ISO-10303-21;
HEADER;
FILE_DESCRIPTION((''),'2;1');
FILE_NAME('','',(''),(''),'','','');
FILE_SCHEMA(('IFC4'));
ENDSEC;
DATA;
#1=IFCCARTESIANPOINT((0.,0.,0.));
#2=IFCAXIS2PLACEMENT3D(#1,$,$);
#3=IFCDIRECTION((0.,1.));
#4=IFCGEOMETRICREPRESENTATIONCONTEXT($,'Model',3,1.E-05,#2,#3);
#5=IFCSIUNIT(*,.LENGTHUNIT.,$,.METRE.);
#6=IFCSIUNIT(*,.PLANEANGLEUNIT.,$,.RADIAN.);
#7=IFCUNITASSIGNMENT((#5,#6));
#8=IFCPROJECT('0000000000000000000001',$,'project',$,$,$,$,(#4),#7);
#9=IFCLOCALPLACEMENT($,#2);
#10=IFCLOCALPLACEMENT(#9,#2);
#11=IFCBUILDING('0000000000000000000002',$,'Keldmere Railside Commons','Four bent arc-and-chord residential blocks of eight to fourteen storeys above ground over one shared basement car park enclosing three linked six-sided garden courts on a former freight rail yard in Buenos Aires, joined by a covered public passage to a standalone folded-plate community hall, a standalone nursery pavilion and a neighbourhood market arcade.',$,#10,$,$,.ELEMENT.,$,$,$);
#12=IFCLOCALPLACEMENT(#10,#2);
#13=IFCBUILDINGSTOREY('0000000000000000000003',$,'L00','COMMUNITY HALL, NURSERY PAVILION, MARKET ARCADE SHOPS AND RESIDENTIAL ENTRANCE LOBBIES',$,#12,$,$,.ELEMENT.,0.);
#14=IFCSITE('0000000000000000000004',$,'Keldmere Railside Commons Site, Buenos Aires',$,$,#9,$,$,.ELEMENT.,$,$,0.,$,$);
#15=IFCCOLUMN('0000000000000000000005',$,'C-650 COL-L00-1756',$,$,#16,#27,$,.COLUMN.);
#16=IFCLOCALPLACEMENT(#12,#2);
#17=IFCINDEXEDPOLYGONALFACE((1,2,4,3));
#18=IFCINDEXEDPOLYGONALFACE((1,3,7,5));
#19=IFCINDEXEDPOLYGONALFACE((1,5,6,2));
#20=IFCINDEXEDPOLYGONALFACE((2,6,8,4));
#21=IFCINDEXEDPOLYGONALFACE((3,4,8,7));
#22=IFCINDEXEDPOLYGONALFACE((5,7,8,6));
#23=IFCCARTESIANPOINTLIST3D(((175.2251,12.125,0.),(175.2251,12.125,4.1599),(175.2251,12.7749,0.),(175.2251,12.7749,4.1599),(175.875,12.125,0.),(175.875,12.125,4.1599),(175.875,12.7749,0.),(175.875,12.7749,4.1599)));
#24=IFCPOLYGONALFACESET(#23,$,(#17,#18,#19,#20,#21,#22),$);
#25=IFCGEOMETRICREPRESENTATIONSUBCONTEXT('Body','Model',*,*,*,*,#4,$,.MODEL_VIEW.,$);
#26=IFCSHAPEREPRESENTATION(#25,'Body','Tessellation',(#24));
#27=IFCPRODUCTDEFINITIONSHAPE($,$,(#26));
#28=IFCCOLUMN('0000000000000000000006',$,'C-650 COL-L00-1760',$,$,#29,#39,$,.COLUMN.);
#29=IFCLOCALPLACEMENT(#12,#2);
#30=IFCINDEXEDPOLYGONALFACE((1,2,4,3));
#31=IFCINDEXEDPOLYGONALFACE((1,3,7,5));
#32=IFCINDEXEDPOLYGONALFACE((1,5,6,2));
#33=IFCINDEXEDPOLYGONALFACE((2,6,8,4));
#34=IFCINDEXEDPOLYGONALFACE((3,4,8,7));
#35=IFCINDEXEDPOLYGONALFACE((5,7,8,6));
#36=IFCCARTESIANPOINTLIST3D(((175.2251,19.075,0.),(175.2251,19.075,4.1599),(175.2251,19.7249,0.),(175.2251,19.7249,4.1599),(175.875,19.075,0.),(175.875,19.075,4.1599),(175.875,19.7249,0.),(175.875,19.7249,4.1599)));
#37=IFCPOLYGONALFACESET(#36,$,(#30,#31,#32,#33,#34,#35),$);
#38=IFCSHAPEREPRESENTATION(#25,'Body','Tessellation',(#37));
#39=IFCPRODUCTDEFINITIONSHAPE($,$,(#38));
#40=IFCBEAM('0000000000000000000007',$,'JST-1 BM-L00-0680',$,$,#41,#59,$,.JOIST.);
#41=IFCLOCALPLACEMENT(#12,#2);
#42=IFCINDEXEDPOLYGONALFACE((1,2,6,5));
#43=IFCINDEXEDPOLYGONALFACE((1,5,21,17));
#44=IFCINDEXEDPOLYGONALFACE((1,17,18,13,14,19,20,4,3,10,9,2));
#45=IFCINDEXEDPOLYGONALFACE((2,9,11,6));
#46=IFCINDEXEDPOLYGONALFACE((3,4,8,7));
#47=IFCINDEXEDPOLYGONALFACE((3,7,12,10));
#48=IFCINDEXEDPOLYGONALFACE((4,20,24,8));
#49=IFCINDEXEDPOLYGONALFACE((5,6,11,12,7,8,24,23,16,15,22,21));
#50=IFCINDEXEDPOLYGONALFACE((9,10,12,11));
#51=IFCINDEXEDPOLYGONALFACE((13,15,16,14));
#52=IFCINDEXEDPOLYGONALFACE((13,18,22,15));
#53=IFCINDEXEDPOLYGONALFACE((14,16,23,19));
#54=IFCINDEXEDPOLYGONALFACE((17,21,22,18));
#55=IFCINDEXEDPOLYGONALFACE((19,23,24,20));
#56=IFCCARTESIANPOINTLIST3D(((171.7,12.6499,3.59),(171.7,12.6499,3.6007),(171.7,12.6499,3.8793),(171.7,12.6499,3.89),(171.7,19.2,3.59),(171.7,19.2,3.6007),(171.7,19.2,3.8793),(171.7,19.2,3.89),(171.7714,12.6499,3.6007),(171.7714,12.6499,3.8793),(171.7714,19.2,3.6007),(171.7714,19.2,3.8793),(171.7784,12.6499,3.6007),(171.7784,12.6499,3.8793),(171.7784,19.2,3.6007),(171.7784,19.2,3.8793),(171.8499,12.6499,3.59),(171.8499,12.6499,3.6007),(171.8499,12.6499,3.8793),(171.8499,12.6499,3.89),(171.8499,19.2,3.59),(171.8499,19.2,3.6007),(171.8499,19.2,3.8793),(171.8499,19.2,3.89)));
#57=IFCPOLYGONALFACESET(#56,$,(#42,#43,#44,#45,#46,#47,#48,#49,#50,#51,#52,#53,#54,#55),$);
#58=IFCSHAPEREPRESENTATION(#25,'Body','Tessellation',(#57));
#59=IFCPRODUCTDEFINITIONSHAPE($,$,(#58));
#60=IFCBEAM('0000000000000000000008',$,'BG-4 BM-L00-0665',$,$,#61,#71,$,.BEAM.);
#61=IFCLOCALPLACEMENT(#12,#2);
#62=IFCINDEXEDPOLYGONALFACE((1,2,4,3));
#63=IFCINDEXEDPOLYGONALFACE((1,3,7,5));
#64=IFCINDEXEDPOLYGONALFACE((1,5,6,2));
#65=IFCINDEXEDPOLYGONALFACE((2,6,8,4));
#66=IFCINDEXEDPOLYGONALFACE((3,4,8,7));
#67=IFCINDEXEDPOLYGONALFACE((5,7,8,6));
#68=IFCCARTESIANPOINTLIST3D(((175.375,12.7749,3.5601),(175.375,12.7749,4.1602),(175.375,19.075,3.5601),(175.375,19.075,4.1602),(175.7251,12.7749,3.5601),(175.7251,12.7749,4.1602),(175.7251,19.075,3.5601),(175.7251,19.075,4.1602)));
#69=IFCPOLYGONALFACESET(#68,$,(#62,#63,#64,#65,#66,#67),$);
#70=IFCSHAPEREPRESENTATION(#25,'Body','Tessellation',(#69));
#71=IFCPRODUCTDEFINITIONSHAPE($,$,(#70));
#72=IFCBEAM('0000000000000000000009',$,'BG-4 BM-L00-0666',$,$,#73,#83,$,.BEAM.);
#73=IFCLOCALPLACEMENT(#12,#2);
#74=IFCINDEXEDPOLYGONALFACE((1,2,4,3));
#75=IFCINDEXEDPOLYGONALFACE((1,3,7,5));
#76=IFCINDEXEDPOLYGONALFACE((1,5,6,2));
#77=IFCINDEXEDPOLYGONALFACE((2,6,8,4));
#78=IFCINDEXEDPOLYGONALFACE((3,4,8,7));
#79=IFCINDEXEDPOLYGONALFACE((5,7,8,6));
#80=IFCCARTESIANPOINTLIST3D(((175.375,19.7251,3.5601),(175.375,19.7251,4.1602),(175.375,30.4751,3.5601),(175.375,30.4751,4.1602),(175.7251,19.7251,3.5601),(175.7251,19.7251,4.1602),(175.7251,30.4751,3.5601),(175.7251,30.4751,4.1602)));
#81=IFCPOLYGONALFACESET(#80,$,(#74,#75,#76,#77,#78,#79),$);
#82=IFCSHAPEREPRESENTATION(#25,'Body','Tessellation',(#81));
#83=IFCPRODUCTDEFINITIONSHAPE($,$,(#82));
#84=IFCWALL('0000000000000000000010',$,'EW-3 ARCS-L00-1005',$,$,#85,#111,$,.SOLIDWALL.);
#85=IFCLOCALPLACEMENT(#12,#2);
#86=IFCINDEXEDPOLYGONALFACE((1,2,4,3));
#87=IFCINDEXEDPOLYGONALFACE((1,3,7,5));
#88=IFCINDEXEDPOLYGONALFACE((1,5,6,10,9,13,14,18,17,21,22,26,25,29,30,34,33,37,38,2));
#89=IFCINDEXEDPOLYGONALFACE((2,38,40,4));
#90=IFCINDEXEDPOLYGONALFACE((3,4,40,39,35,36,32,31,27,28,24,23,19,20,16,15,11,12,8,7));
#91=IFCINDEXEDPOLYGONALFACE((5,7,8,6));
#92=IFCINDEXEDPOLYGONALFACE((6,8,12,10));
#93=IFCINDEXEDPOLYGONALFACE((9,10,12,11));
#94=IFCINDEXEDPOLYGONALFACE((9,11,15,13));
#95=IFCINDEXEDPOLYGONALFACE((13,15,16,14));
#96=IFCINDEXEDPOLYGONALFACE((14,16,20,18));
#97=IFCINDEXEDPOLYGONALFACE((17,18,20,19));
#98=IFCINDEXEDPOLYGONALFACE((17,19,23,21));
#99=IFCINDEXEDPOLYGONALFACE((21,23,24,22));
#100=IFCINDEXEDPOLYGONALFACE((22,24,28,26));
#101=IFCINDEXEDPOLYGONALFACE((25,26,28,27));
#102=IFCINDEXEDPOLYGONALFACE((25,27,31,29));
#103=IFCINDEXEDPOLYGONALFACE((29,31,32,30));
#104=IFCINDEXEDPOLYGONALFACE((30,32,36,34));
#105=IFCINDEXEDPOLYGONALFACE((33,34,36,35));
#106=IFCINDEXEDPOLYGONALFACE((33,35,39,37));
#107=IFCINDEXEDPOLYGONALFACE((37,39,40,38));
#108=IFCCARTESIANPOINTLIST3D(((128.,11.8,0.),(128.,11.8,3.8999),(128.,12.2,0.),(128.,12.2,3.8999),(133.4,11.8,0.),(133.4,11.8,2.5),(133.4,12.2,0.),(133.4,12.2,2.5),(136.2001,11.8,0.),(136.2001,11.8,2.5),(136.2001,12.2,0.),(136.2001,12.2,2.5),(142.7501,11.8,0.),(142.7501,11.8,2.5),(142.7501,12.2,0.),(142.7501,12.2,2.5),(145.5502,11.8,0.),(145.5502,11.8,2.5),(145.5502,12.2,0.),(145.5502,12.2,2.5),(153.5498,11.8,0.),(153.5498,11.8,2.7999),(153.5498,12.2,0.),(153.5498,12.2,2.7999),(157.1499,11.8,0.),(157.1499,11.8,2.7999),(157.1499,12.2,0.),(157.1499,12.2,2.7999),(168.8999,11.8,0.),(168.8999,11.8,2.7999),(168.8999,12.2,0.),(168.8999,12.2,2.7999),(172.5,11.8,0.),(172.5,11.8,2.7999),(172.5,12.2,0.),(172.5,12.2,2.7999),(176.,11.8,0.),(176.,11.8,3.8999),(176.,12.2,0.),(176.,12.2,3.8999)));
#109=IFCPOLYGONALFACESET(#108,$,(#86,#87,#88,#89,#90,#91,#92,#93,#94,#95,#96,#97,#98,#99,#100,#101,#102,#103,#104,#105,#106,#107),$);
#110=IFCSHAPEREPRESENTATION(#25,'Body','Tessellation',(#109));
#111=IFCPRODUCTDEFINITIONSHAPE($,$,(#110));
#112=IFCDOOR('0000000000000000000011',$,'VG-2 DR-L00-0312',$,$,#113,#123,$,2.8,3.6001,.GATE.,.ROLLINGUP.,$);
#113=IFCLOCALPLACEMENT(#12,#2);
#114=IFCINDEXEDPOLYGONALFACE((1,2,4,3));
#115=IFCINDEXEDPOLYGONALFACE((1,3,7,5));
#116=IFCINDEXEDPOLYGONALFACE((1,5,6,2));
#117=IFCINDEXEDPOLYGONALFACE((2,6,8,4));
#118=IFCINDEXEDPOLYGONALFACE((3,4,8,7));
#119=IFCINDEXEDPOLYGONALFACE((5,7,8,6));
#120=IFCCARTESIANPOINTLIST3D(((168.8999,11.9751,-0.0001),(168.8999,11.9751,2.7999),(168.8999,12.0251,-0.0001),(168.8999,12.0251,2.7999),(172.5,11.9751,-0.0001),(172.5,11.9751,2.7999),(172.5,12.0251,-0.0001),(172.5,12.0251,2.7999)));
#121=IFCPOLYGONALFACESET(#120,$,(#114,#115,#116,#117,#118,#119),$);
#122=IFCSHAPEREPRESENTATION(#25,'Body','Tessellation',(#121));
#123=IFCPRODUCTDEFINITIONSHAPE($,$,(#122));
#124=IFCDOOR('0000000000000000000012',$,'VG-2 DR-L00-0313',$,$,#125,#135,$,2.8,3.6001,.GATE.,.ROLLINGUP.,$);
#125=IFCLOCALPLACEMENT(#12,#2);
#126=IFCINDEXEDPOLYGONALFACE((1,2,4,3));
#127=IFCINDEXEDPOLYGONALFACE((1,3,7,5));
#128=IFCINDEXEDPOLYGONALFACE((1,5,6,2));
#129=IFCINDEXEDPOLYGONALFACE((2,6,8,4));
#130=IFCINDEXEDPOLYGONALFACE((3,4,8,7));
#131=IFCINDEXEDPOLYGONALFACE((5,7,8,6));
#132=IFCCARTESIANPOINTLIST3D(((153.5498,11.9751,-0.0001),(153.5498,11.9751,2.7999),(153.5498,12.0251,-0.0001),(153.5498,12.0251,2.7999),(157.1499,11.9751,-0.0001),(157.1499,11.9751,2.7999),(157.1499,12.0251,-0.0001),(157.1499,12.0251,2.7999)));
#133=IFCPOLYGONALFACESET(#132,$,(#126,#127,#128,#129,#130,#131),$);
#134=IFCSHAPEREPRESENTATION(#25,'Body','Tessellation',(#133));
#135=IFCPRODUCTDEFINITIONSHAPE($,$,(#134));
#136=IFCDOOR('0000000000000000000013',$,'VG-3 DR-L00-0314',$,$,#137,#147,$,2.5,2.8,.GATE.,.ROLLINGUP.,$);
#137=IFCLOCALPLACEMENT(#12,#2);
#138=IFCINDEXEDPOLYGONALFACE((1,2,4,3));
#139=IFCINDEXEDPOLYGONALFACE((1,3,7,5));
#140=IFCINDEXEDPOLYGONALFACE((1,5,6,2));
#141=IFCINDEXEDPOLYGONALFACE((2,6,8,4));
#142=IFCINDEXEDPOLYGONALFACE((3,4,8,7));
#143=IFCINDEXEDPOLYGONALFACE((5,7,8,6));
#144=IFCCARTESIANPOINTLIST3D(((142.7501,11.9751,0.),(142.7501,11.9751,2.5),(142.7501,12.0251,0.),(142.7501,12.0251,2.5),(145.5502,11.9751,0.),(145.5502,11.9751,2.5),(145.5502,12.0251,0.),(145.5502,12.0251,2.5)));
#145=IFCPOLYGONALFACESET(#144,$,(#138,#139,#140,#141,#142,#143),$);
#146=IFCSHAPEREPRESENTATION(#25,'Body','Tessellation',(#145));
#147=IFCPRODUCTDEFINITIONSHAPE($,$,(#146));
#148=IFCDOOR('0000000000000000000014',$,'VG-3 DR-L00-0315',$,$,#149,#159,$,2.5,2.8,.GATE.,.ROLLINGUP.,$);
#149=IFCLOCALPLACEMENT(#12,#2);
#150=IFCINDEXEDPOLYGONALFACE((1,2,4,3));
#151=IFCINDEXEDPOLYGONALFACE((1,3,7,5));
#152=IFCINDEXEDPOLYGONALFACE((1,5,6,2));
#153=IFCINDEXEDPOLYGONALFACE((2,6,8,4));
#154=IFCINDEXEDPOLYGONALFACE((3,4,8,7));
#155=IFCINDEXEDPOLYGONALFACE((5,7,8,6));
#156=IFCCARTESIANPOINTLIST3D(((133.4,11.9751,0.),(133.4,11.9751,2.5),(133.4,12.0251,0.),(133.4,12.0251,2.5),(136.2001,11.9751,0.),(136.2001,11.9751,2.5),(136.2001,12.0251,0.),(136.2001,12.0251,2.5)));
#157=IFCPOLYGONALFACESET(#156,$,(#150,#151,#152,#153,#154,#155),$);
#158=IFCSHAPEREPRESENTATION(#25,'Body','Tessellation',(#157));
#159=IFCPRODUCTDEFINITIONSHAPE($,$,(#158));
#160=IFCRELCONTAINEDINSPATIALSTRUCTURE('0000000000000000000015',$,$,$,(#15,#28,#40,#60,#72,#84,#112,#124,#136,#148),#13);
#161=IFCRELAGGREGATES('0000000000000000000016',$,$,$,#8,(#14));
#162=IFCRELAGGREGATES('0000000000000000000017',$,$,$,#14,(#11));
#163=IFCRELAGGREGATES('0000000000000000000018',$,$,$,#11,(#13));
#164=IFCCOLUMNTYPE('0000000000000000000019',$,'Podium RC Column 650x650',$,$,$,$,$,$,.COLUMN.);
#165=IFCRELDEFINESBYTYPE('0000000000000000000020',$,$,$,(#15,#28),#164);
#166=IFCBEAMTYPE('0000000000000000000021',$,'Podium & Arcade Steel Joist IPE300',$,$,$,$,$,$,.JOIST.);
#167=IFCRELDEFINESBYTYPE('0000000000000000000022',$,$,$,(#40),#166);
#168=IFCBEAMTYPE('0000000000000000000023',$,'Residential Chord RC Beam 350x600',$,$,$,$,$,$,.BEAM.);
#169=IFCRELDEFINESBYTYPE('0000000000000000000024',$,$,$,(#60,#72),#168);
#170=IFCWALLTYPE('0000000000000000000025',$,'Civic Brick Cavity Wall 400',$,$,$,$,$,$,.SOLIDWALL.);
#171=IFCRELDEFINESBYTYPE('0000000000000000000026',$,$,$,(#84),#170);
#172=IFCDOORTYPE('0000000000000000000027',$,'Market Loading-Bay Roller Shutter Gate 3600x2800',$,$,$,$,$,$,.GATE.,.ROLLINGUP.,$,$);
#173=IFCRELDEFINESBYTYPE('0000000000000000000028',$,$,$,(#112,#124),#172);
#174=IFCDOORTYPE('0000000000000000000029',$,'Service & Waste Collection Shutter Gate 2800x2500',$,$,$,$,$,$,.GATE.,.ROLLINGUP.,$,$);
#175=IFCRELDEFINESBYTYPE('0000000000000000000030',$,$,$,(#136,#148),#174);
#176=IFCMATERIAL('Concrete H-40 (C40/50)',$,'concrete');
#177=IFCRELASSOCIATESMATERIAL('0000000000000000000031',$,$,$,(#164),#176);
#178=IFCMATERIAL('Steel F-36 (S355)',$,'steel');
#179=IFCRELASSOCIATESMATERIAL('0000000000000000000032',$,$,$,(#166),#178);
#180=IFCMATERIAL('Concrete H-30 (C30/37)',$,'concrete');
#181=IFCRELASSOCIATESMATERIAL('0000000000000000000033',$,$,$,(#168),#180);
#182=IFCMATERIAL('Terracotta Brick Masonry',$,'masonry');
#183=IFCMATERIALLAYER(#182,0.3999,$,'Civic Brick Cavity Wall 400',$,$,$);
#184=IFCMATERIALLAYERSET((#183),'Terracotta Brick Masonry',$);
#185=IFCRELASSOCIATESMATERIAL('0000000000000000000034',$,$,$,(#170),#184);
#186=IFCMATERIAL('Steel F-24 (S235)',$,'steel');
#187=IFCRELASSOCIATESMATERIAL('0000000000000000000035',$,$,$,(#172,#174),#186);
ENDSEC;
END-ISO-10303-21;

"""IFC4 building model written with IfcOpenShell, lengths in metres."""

from ifc_helpers import new_model, si_unit, direction, frame, frame_2d, origin, origin_2d, place, context, subcontext, project, spatial, rectangle, i_section, extrude, material, layer, layer_set, material_profile, profile_set, type_object, element, fill, save


model = new_model("IFC4")

# Units and contexts
model_context = context("Model", 3, precision=1e-05, world=origin(), true_north=direction((0.0, 1.0)))
body_context = subcontext(model_context, "Body", "Model", "MODEL_VIEW")
ifc_project = project(units=[si_unit("LENGTHUNIT", "METRE"), si_unit("PLANEANGLEUNIT", "RADIAN")], contexts=[model_context])

# Site, building, storey
site_placement = place(None, origin())
site = spatial("IfcSite", under=ifc_project, at=site_placement, Name="Keldmere Railside Commons Site, Buenos Aires", CompositionType="ELEMENT", RefElevation=0.0)
building_placement = place(site_placement, origin())
building = spatial("IfcBuilding", under=site, at=building_placement, Name="Keldmere Railside Commons", Description="Four bent arc-and-chord residential blocks of eight to fourteen storeys above ground over one shared basement car park enclosing three linked six-sided garden courts on a former freight rail yard in Buenos Aires, joined by a covered public passage to a standalone folded-plate community hall, a standalone nursery pavilion and a neighbourhood market arcade.", CompositionType="ELEMENT")
storey_placement = place(building_placement, origin())
storey = spatial("IfcBuildingStorey", under=building, at=storey_placement, Name="L00", Description="COMMUNITY HALL, NURSERY PAVILION, MARKET ARCADE SHOPS AND RESIDENTIAL ENTRANCE LOBBIES", CompositionType="ELEMENT", Elevation=0.0)

# Columns
ifc_material_1 = material(Name="Concrete H-40 (C40/50)", Category="concrete")
ifc_material_profile_1 = material_profile(ifc_material_1, rectangle(XDim=0.6499, YDim=0.6499, at=origin_2d()), Name="RC-650x650")
ifc_profile_set_1 = profile_set([ifc_material_profile_1], Name="Concrete H-40 (C40/50)")
column_type = type_object("IfcColumnType", Name="Podium RC Column 650x650", PredefinedType="COLUMN", material=ifc_profile_set_1)
for number, where, z_axis, x_axis, name in (
    (1, (175.55, 12.45, 0.0), (0.0, 0.0, 1.0), (1.0, 0.0, 0.0), "C-650 COL-L00-1756"),
    (2, (175.55, 19.3999, 0.0), (0.0, 0.0, 1.0), (1.0, 0.0, 0.0), "C-650 COL-L00-1760"),
):
    element("IfcColumn", number, at=place(storey_placement, frame(where, z_axis=z_axis, x_axis=x_axis)), inside=storey, type_object=column_type, Name=name, PredefinedType="COLUMN", context=body_context, shape_type="SweptSolid", body=[
        extrude(rectangle(XDim=0.6499, YDim=0.6499, at=origin_2d()), origin(), (0.0, 0.0, 1.0), 4.1599),
    ])

# Beams
ifc_material_2 = material(Name="Steel F-36 (S355)", Category="steel")
ifc_material_profile_2 = material_profile(ifc_material_2, i_section(OverallWidth=0.1499, OverallDepth=0.3, WebThickness=0.0071, FlangeThickness=0.0107, at=origin_2d()), Name="IPE-300")
ifc_profile_set_2 = profile_set([ifc_material_profile_2], Name="Steel F-36 (S355)")
beam_type_1 = type_object("IfcBeamType", Name="Podium & Arcade Steel Joist IPE300", PredefinedType="JOIST", material=ifc_profile_set_2)
beam_1_placement = place(storey_placement, frame((171.7749, 12.6499, 3.74), z_axis=(0.0, 1.0, 0.0), x_axis=(-1.0, 0.0, 0.0)))
element("IfcBeam", 3, at=beam_1_placement, inside=storey, type_object=beam_type_1, Name="JST-1 BM-L00-0680", PredefinedType="JOIST", context=body_context, shape_type="SweptSolid", body=[
    extrude(i_section(OverallWidth=0.1499, OverallDepth=0.3, WebThickness=0.0071, FlangeThickness=0.0107, at=origin_2d()), origin(), (0.0, 0.0, 1.0), 6.55),
])
ifc_material_3 = material(Name="Concrete H-30 (C30/37)", Category="concrete")
ifc_material_profile_3 = material_profile(ifc_material_3, rectangle(XDim=0.3501, YDim=0.6001, at=origin_2d()), Name="RC-350x600")
ifc_profile_set_3 = profile_set([ifc_material_profile_3], Name="Concrete H-30 (C30/37)")
beam_type_2 = type_object("IfcBeamType", Name="Residential Chord RC Beam 350x600", PredefinedType="BEAM", material=ifc_profile_set_3)
beam_2_placement = place(storey_placement, frame((175.55, 12.7749, 3.8601), z_axis=(0.0, 1.0, 0.0), x_axis=(-1.0, 0.0, 0.0)))
element("IfcBeam", 4, at=beam_2_placement, inside=storey, type_object=beam_type_2, Name="BG-4 BM-L00-0665", PredefinedType="BEAM", context=body_context, shape_type="SweptSolid", body=[
    extrude(rectangle(XDim=0.3501, YDim=0.6001, at=origin_2d()), origin(), (0.0, 0.0, 1.0), 6.3),
])
beam_3_placement = place(storey_placement, frame((175.55, 19.7251, 3.8601), z_axis=(0.0, 1.0, 0.0), x_axis=(-1.0, 0.0, 0.0)))
element("IfcBeam", 5, at=beam_3_placement, inside=storey, type_object=beam_type_2, Name="BG-4 BM-L00-0666", PredefinedType="BEAM", context=body_context, shape_type="SweptSolid", body=[
    extrude(rectangle(XDim=0.3501, YDim=0.6001, at=origin_2d()), origin(), (0.0, 0.0, 1.0), 10.75),
])

# Wall, openings, doors
ifc_material_4 = material(Name="Terracotta Brick Masonry", Category="masonry")
ifc_layer_1 = layer(ifc_material_4, 0.3999, Name="Civic Brick Cavity Wall 400")
ifc_layer_set_1 = layer_set([ifc_layer_1], Name="Terracotta Brick Masonry")
wall_type_1 = type_object("IfcWallType", Name="Civic Brick Cavity Wall 400", PredefinedType="SOLIDWALL", material=ifc_layer_set_1)
wall_1_placement = place(storey_placement, frame((176.0, 12.0, 0.0), z_axis=(0.0, 0.0, 1.0), x_axis=(-1.0, 0.0, 0.0)))
wall_1 = element("IfcWall", 6, at=wall_1_placement, inside=storey, type_object=wall_type_1, Name="EW-3 ARCS-L00-1005", PredefinedType="SOLIDWALL", context=body_context, shape_type="SweptSolid", body=[
    extrude(rectangle(XDim=48.0, YDim=0.3999, at=frame_2d((24.0, 0.0))), origin(), (0.0, 0.0, 1.0), 3.8999),
])
opening_1_placement = place(wall_1_placement, frame((3.5, 0.0, 0.0)))
opening_1 = element("IfcOpeningElement", 7, at=opening_1_placement, cuts=wall_1, PredefinedType="OPENING", context=body_context, shape_type="SweptSolid", body=[
    extrude(rectangle(XDim=3.6001, YDim=2.8, at=frame_2d((1.8, 1.3999))), frame((0.0, 0.21, 0.0), z_axis=(0.0, -1.0, 0.0), x_axis=(1.0, 0.0, 0.0)), (0.0, 0.0, 1.0), 0.4199),
])
opening_2_placement = place(wall_1_placement, frame((18.8501, 0.0, 0.0)))
opening_2 = element("IfcOpeningElement", 8, at=opening_2_placement, cuts=wall_1, PredefinedType="OPENING", context=body_context, shape_type="SweptSolid", body=[
    extrude(rectangle(XDim=3.6001, YDim=2.8, at=frame_2d((1.8, 1.3999))), frame((0.0, 0.21, 0.0), z_axis=(0.0, -1.0, 0.0), x_axis=(1.0, 0.0, 0.0)), (0.0, 0.0, 1.0), 0.4199),
])
opening_3_placement = place(wall_1_placement, frame((30.45, 0.0, 0.0)))
opening_3 = element("IfcOpeningElement", 9, at=opening_3_placement, cuts=wall_1, PredefinedType="OPENING", context=body_context, shape_type="SweptSolid", body=[
    extrude(rectangle(XDim=2.8, YDim=2.5, at=frame_2d((1.3999, 1.25))), frame((0.0, 0.21, 0.0), z_axis=(0.0, -1.0, 0.0), x_axis=(1.0, 0.0, 0.0)), (0.0, 0.0, 1.0), 0.4199),
])
opening_4_placement = place(wall_1_placement, frame((39.8, 0.0, 0.0)))
opening_4 = element("IfcOpeningElement", 10, at=opening_4_placement, cuts=wall_1, PredefinedType="OPENING", context=body_context, shape_type="SweptSolid", body=[
    extrude(rectangle(XDim=2.8, YDim=2.5, at=frame_2d((1.3999, 1.25))), frame((0.0, 0.21, 0.0), z_axis=(0.0, -1.0, 0.0), x_axis=(1.0, 0.0, 0.0)), (0.0, 0.0, 1.0), 0.4199),
])
ifc_material_5 = material(Name="Steel F-24 (S235)", Category="steel")
door_type_1 = type_object("IfcDoorType", Name="Market Loading-Bay Roller Shutter Gate 3600x2800", OperationType="ROLLINGUP", PredefinedType="GATE", material=ifc_material_5)
door_1_placement = place(opening_1_placement, origin())
door_1 = element("IfcDoor", 11, at=door_1_placement, inside=storey, type_object=door_type_1, Name="VG-2 DR-L00-0312", OperationType="ROLLINGUP", OverallHeight=2.8, OverallWidth=3.6001, PredefinedType="GATE", context=body_context, shape_type="SweptSolid", body=[
    extrude(rectangle(XDim=3.6001, YDim=2.8, at=frame_2d((1.8, 1.3999))), frame((0.0, 0.0249, 0.0), z_axis=(0.0, -1.0, 0.0), x_axis=(1.0, 0.0, 0.0)), (0.0, 0.0, 1.0), 0.05),
])
fill(opening_1, door_1)
door_2_placement = place(opening_2_placement, origin())
door_2 = element("IfcDoor", 12, at=door_2_placement, inside=storey, type_object=door_type_1, Name="VG-2 DR-L00-0313", OperationType="ROLLINGUP", OverallHeight=2.8, OverallWidth=3.6001, PredefinedType="GATE", context=body_context, shape_type="SweptSolid", body=[
    extrude(rectangle(XDim=3.6001, YDim=2.8, at=frame_2d((1.8, 1.3999))), frame((0.0, 0.0249, 0.0), z_axis=(0.0, -1.0, 0.0), x_axis=(1.0, 0.0, 0.0)), (0.0, 0.0, 1.0), 0.05),
])
fill(opening_2, door_2)
door_type_2 = type_object("IfcDoorType", Name="Service & Waste Collection Shutter Gate 2800x2500", OperationType="ROLLINGUP", PredefinedType="GATE", material=ifc_material_5)
door_3_placement = place(opening_3_placement, origin())
door_3 = element("IfcDoor", 13, at=door_3_placement, inside=storey, type_object=door_type_2, Name="VG-3 DR-L00-0314", OperationType="ROLLINGUP", OverallHeight=2.5, OverallWidth=2.8, PredefinedType="GATE", context=body_context, shape_type="SweptSolid", body=[
    extrude(rectangle(XDim=2.8, YDim=2.5, at=frame_2d((1.3999, 1.25))), frame((0.0, 0.0249, 0.0), z_axis=(0.0, -1.0, 0.0), x_axis=(1.0, 0.0, 0.0)), (0.0, 0.0, 1.0), 0.05),
])
fill(opening_3, door_3)
door_4_placement = place(opening_4_placement, origin())
door_4 = element("IfcDoor", 14, at=door_4_placement, inside=storey, type_object=door_type_2, Name="VG-3 DR-L00-0315", OperationType="ROLLINGUP", OverallHeight=2.5, OverallWidth=2.8, PredefinedType="GATE", context=body_context, shape_type="SweptSolid", body=[
    extrude(rectangle(XDim=2.8, YDim=2.5, at=frame_2d((1.3999, 1.25))), frame((0.0, 0.0249, 0.0), z_axis=(0.0, -1.0, 0.0), x_axis=(1.0, 0.0, 0.0)), (0.0, 0.0, 1.0), 0.05),
])
fill(opening_4, door_4)

save(model, "model.ifc")
